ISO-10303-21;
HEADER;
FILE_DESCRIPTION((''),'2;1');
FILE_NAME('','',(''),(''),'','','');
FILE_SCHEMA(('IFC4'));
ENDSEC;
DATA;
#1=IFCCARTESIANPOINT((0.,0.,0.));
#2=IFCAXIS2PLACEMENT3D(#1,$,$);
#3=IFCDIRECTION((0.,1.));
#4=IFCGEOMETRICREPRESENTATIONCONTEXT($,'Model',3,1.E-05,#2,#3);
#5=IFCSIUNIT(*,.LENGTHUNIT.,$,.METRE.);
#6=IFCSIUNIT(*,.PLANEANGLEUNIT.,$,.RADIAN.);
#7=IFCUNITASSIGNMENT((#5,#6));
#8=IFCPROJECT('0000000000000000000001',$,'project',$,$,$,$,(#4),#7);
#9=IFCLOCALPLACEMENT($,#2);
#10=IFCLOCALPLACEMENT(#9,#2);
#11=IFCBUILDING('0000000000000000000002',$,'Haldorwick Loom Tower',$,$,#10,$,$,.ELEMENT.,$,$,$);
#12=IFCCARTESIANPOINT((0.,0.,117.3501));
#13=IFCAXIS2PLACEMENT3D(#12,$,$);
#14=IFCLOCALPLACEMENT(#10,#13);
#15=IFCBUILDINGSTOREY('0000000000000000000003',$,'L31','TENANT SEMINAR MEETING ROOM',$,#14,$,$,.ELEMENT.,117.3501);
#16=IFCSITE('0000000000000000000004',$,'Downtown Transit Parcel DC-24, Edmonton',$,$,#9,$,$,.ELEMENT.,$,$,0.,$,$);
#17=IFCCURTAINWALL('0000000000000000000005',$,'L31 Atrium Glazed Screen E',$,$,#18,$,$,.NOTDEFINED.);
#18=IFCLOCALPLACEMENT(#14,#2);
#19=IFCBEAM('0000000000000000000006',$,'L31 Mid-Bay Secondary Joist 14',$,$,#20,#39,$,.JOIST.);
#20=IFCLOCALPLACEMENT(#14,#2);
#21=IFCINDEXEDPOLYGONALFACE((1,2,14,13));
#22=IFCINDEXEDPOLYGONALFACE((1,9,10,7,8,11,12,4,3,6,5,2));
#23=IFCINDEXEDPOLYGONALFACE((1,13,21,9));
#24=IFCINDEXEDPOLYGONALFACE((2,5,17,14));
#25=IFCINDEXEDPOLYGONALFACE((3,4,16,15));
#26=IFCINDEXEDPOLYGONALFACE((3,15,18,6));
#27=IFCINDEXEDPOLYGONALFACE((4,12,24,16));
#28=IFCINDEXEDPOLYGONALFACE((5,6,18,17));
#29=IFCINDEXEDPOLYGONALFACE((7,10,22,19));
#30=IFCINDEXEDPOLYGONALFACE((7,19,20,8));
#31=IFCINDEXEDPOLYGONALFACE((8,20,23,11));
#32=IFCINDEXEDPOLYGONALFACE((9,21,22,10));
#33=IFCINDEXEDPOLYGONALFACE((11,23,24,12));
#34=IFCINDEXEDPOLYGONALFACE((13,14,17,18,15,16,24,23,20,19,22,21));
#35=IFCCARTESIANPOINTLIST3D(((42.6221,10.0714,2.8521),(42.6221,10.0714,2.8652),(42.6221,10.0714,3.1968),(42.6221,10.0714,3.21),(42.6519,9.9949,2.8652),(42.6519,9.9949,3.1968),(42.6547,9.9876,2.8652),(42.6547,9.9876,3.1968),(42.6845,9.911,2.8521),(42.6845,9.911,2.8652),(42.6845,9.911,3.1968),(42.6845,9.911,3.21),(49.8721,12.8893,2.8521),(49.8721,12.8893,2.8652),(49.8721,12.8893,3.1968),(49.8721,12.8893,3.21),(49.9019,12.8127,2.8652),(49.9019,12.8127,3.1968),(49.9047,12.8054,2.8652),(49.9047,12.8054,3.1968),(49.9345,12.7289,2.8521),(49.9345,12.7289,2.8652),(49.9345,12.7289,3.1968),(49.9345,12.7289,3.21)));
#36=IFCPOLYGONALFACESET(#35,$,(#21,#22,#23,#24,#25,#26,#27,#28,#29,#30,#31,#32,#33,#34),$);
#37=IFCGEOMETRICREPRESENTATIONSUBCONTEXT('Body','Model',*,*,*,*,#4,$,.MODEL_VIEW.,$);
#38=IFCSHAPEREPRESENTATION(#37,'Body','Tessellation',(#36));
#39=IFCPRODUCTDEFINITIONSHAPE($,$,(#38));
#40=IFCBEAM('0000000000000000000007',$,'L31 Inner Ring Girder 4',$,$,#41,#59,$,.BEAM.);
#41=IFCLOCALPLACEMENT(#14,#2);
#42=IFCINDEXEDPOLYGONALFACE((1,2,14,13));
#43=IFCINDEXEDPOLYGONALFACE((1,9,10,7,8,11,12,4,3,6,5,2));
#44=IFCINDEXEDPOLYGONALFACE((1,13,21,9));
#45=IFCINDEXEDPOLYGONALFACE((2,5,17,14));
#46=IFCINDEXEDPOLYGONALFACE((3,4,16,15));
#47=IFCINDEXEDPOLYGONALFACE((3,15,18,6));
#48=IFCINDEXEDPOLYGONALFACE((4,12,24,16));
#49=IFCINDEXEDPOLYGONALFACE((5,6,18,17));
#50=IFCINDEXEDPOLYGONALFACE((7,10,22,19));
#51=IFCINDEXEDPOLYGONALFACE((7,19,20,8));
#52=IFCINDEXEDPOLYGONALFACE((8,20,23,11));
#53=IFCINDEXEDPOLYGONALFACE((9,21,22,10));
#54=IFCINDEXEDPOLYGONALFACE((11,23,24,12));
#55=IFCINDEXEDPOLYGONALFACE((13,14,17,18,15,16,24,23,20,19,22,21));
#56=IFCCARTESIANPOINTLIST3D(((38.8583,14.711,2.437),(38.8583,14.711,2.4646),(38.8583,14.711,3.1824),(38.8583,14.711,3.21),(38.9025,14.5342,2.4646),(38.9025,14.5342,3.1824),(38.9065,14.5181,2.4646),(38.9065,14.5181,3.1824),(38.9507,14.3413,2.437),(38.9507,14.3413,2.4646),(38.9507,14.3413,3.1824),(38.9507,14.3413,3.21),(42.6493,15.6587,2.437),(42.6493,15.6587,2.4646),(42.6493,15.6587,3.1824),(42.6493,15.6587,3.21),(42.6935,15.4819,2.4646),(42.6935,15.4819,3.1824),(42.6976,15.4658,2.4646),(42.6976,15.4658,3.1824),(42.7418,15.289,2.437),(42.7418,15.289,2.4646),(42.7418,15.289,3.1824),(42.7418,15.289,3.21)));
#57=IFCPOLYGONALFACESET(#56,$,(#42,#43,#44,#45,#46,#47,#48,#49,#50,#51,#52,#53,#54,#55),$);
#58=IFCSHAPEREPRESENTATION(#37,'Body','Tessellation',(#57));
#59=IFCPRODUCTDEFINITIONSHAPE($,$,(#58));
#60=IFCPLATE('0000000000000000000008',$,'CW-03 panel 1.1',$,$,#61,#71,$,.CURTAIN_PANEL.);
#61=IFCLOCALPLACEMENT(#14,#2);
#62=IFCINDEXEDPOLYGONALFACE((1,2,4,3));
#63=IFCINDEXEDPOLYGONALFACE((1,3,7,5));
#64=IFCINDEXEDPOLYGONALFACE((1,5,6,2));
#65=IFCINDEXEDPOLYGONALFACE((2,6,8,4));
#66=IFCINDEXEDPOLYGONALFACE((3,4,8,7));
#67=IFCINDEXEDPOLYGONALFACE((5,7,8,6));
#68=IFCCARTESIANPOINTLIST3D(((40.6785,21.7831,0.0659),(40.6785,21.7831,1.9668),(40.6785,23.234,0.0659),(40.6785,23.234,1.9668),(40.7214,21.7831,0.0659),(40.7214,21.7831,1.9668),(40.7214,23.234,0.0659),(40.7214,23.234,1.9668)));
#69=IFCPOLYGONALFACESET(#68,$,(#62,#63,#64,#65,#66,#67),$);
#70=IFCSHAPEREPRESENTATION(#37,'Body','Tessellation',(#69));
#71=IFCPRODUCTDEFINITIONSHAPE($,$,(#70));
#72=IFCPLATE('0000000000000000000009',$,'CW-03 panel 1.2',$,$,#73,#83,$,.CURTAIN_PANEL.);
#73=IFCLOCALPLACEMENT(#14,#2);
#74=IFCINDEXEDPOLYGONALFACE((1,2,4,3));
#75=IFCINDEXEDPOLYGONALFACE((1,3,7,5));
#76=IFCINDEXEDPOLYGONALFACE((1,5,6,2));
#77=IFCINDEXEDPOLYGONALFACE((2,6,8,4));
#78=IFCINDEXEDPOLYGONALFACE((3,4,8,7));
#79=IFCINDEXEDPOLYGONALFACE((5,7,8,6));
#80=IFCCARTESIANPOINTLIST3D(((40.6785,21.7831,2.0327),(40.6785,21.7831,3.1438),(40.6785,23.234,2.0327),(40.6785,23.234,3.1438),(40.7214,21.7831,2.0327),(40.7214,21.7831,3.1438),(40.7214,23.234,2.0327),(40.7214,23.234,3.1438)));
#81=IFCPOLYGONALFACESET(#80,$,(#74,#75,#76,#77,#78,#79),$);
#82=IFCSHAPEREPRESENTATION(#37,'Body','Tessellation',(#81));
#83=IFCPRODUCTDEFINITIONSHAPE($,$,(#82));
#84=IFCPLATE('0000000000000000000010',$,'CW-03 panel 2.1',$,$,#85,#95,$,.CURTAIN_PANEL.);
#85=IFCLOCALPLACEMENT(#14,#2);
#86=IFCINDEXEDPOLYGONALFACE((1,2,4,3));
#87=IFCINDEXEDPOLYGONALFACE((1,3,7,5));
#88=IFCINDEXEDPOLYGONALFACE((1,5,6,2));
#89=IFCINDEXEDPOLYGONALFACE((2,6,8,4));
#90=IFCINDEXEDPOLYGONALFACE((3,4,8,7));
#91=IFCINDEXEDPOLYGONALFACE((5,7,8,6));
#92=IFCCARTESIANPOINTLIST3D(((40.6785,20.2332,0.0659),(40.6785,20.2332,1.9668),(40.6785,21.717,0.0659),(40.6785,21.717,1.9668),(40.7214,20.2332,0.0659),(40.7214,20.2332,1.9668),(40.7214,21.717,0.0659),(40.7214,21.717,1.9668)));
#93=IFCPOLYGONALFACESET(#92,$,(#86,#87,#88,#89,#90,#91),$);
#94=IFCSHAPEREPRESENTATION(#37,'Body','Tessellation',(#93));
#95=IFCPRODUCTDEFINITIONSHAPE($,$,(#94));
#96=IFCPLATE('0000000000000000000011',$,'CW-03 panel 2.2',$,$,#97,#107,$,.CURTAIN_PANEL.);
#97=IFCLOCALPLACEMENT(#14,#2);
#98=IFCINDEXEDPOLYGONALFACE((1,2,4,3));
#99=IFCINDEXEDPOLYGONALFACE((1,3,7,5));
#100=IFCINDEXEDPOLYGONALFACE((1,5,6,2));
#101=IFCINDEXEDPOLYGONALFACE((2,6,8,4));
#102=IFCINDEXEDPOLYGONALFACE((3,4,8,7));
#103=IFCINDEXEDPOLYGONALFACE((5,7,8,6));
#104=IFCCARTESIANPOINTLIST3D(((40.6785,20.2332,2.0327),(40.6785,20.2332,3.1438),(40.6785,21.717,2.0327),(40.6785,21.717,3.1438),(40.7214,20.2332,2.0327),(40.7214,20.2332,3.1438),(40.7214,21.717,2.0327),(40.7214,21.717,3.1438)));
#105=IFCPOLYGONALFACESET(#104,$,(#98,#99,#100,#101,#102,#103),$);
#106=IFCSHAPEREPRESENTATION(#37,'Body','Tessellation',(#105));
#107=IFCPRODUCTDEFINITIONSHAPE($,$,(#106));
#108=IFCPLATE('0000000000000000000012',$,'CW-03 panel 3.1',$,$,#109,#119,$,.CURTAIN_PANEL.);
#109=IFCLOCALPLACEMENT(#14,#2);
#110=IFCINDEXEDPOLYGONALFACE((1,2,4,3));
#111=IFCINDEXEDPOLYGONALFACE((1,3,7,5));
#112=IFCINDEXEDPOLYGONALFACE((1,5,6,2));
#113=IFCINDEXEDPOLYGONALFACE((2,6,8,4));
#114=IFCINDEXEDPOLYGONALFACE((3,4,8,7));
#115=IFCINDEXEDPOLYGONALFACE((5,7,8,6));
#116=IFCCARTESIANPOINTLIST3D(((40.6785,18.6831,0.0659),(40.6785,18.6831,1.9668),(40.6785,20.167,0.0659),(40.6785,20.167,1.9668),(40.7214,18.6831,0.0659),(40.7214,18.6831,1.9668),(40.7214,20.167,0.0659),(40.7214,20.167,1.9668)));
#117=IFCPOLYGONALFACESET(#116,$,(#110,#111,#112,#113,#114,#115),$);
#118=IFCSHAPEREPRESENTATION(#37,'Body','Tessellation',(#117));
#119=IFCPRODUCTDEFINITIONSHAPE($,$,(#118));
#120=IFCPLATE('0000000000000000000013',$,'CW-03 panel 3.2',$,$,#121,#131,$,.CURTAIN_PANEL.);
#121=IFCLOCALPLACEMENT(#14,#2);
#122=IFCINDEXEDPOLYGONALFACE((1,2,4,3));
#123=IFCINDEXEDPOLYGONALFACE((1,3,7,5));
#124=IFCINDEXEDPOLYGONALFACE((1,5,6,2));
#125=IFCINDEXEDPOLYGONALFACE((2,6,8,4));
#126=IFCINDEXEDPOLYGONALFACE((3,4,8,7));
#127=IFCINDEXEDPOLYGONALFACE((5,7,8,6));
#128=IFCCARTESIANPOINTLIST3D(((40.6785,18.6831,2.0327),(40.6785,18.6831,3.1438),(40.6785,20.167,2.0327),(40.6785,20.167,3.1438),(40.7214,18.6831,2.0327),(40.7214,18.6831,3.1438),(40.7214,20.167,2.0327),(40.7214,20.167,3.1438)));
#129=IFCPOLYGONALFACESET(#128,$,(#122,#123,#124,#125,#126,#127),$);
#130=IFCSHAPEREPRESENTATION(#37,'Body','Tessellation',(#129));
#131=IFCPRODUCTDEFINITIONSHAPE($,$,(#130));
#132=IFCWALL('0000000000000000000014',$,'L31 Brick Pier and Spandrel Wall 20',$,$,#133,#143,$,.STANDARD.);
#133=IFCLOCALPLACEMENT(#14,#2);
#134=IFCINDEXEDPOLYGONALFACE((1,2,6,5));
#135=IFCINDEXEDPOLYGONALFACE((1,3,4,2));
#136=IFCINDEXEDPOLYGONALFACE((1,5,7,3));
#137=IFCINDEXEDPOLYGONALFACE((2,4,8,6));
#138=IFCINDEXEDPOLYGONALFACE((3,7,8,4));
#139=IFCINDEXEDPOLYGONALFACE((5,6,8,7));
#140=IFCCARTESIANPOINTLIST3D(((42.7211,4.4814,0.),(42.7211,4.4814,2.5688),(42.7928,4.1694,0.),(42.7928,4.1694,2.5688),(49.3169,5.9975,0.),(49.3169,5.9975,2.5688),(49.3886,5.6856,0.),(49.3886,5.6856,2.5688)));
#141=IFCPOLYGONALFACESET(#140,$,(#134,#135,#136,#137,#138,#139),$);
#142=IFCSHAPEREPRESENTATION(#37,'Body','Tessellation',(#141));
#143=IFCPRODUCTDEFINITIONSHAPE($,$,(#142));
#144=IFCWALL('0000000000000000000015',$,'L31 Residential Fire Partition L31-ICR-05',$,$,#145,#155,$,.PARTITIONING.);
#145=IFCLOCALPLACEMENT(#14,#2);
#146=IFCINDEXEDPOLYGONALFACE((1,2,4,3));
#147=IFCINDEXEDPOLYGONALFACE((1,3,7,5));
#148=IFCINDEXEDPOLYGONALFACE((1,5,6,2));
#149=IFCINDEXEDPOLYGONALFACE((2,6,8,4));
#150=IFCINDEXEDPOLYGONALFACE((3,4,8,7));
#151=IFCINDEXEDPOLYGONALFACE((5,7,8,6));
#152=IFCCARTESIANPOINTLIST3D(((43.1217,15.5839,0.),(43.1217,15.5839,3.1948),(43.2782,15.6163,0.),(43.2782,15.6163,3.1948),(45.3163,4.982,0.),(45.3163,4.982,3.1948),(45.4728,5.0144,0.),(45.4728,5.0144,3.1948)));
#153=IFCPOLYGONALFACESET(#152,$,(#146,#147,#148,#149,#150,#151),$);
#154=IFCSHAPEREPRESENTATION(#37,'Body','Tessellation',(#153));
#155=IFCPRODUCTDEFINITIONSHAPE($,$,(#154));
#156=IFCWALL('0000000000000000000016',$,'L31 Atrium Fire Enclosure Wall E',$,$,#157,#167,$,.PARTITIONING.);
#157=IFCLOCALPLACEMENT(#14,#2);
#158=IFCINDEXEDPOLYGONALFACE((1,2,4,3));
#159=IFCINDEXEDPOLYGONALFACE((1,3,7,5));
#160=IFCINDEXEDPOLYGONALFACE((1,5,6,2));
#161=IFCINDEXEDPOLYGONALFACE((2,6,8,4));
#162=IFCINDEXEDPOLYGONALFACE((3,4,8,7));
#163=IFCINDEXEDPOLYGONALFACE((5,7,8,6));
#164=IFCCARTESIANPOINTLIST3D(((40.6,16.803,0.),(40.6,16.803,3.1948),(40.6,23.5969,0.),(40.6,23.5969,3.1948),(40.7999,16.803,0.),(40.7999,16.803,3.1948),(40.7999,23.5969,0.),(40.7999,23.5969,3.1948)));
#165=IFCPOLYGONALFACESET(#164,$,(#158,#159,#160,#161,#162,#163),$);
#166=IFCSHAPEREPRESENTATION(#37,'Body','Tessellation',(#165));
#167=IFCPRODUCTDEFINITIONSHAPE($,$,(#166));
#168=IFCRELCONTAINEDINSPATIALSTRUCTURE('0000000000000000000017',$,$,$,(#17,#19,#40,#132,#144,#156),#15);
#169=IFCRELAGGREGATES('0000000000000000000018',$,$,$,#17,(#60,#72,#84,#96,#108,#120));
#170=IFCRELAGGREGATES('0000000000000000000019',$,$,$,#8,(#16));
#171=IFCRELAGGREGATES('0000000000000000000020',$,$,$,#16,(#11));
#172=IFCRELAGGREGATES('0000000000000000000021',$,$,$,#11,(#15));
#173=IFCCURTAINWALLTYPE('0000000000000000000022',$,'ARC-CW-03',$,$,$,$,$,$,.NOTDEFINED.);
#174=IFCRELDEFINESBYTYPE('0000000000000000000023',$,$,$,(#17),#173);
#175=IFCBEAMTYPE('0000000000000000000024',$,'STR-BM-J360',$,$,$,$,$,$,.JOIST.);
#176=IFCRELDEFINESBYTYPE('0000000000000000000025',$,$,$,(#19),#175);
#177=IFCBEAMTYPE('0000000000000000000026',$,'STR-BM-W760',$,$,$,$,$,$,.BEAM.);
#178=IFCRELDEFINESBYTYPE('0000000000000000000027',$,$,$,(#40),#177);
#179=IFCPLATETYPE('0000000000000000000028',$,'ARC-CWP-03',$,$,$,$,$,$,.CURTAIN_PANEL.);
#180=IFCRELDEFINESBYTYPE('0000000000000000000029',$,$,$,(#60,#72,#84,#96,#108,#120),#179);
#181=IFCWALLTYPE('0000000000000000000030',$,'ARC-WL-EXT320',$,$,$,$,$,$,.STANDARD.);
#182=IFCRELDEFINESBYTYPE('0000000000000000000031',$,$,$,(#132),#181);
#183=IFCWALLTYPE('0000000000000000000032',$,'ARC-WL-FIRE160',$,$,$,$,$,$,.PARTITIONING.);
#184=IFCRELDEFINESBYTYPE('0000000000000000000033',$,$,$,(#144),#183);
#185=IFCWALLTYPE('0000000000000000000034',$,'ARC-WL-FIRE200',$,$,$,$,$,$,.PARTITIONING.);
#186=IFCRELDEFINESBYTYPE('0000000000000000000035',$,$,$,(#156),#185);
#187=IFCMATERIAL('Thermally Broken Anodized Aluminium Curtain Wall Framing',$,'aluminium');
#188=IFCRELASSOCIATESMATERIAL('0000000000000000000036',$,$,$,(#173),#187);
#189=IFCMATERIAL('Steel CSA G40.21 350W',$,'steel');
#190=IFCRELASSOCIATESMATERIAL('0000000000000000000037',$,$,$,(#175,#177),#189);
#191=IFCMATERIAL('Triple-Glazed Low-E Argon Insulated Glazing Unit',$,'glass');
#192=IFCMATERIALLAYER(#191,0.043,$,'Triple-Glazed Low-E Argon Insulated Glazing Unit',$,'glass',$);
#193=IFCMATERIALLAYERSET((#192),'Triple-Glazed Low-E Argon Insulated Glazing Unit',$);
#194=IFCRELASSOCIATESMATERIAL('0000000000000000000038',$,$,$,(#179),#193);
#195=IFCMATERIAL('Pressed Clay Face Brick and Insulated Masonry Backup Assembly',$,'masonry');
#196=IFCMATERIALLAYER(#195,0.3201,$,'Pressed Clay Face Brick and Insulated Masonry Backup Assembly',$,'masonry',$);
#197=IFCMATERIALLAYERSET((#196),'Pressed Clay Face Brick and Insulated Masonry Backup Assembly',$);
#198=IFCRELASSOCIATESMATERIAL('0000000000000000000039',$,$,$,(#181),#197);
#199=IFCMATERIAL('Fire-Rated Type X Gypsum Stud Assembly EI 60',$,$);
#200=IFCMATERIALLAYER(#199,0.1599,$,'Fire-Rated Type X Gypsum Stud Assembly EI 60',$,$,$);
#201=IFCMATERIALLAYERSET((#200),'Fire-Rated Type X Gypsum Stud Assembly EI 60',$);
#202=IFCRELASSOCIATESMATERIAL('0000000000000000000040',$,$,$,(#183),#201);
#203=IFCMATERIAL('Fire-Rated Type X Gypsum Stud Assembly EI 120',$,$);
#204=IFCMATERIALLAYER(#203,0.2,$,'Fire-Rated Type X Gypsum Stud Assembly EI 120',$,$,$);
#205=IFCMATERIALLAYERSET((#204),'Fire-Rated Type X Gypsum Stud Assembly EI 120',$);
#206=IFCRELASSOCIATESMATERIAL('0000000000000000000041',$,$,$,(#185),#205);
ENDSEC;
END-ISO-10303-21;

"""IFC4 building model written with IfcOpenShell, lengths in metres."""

from ifc_helpers import new_model, si_unit, direction, frame, frame_2d, origin, origin_2d, place, context, subcontext, project, spatial, rectangle, i_section, extrude, material, layer, layer_set, material_profile, profile_set, type_object, element, aggregate, save


model = new_model("IFC4")

# Units and contexts
model_context = context("Model", 3, precision=1e-05, world=origin(), true_north=direction((0.0, 1.0)))
body_context = subcontext(model_context, "Body", "Model", "MODEL_VIEW")
ifc_project = project(units=[si_unit("LENGTHUNIT", "METRE"), si_unit("PLANEANGLEUNIT", "RADIAN")], contexts=[model_context])

# Site, building, storey
site_placement = place(None, origin())
site = spatial("IfcSite", under=ifc_project, at=site_placement, Name="Downtown Transit Parcel DC-24, Edmonton", CompositionType="ELEMENT", RefElevation=0.0)
building_placement = place(site_placement, origin())
building = spatial("IfcBuilding", under=site, at=building_placement, Name="Haldorwick Loom Tower", CompositionType="ELEMENT")
storey_placement = place(building_placement, frame((0.0, 0.0, 117.3501)))
storey = spatial("IfcBuildingStorey", under=building, at=storey_placement, Name="L31", Description="TENANT SEMINAR MEETING ROOM", CompositionType="ELEMENT", Elevation=117.3501)

# Curtain wall
ifc_material_1 = material(Name="Thermally Broken Anodized Aluminium Curtain Wall Framing", Category="aluminium")
curtain_wall_type = type_object("IfcCurtainWallType", Name="ARC-CW-03", PredefinedType="NOTDEFINED", material=ifc_material_1)
curtain_wall_placement = place(storey_placement, origin())
curtain_wall = element("IfcCurtainWall", 1, at=curtain_wall_placement, inside=storey, type_object=curtain_wall_type, Name="L31 Atrium Glazed Screen E", PredefinedType="NOTDEFINED")

# Beams
ifc_material_2 = material(Name="Steel CSA G40.21 350W", Category="steel")
ifc_material_profile_1 = material_profile(ifc_material_2, i_section(OverallWidth=0.1721, OverallDepth=0.3579, WebThickness=0.0078, FlangeThickness=0.0132, at=origin_2d()), Name="W360X57", Category="steel")
ifc_profile_set_1 = profile_set([ifc_material_profile_1], Name="Steel CSA G40.21 350W")
beam_type_1 = type_object("IfcBeamType", Name="STR-BM-J360", PredefinedType="JOIST", material=ifc_profile_set_1)
beam_1_placement = place(storey_placement, frame((42.6533, 9.9912, 3.031), z_axis=(0.932073, 0.362271, 0.0), x_axis=(-0.362271, 0.932073, 0.0)))
element("IfcBeam", 2, at=beam_1_placement, inside=storey, type_object=beam_type_1, Name="L31 Mid-Bay Secondary Joist 14", PredefinedType="JOIST", context=body_context, shape_type="SweptSolid", body=[
    extrude(i_section(OverallWidth=0.1721, OverallDepth=0.3579, WebThickness=0.0078, FlangeThickness=0.0132, at=origin_2d()), origin(), (0.0, 0.0, 1.0), 7.7783),
])
ifc_material_profile_2 = material_profile(ifc_material_2, i_section(OverallWidth=0.3811, OverallDepth=0.7729, WebThickness=0.0166, FlangeThickness=0.0276, at=origin_2d()), Name="W760X257", Category="steel")
ifc_profile_set_2 = profile_set([ifc_material_profile_2], Name="Steel CSA G40.21 350W")
beam_type_2 = type_object("IfcBeamType", Name="STR-BM-W760", PredefinedType="BEAM", material=ifc_profile_set_2)
beam_2_placement = place(storey_placement, frame((42.6956, 15.4739, 2.8235), z_axis=(-0.970143, -0.242536, 0.0), x_axis=(0.242536, -0.970143, 0.0)))
element("IfcBeam", 3, at=beam_2_placement, inside=storey, type_object=beam_type_2, Name="L31 Inner Ring Girder 4", PredefinedType="BEAM", context=body_context, shape_type="SweptSolid", body=[
    extrude(i_section(OverallWidth=0.3811, OverallDepth=0.7729, WebThickness=0.0166, FlangeThickness=0.0276, at=origin_2d()), origin(), (0.0, 0.0, 1.0), 3.9077),
])

# Plates
ifc_material_3 = material(Name="Triple-Glazed Low-E Argon Insulated Glazing Unit", Category="glass")
ifc_layer_1 = layer(ifc_material_3, 0.043, Name="Triple-Glazed Low-E Argon Insulated Glazing Unit", Category="glass")
ifc_layer_set_1 = layer_set([ifc_layer_1], Name="Triple-Glazed Low-E Argon Insulated Glazing Unit")
plate_type = type_object("IfcPlateType", Name="ARC-CWP-03", PredefinedType="CURTAIN_PANEL", material=ifc_layer_set_1)
plate_1_placement = place(storey_placement, frame((40.7, 22.5085, 0.0659), z_axis=(0.0, 0.0, 1.0), x_axis=(0.0, -1.0, 0.0)))
plate_1 = element("IfcPlate", 4, at=plate_1_placement, type_object=plate_type, Name="CW-03 panel 1.1", PredefinedType="CURTAIN_PANEL", context=body_context, shape_type="SweptSolid", body=[
    extrude(rectangle(XDim=1.4509, YDim=0.043, at=origin_2d()), origin(), (0.0, 0.0, 1.0), 1.9009),
])
plate_2_placement = place(storey_placement, frame((40.7, 22.5085, 2.0327), z_axis=(0.0, 0.0, 1.0), x_axis=(0.0, -1.0, 0.0)))
plate_2 = element("IfcPlate", 5, at=plate_2_placement, type_object=plate_type, Name="CW-03 panel 1.2", PredefinedType="CURTAIN_PANEL", context=body_context, shape_type="SweptSolid", body=[
    extrude(rectangle(XDim=1.4509, YDim=0.043, at=origin_2d()), origin(), (0.0, 0.0, 1.0), 1.1111),
])
plate_3_placement = place(storey_placement, frame((40.7, 20.9751, 0.0659), z_axis=(0.0, 0.0, 1.0), x_axis=(0.0, -1.0, 0.0)))
plate_3 = element("IfcPlate", 6, at=plate_3_placement, type_object=plate_type, Name="CW-03 panel 2.1", PredefinedType="CURTAIN_PANEL", context=body_context, shape_type="SweptSolid", body=[
    extrude(rectangle(XDim=1.4839, YDim=0.043, at=origin_2d()), origin(), (0.0, 0.0, 1.0), 1.9009),
])
plate_4_placement = place(storey_placement, frame((40.7, 20.9751, 2.0327), z_axis=(0.0, 0.0, 1.0), x_axis=(0.0, -1.0, 0.0)))
plate_4 = element("IfcPlate", 7, at=plate_4_placement, type_object=plate_type, Name="CW-03 panel 2.2", PredefinedType="CURTAIN_PANEL", context=body_context, shape_type="SweptSolid", body=[
    extrude(rectangle(XDim=1.4839, YDim=0.043, at=origin_2d()), origin(), (0.0, 0.0, 1.0), 1.1111),
])
plate_5_placement = place(storey_placement, frame((40.7, 19.425, 0.0659), z_axis=(0.0, 0.0, 1.0), x_axis=(0.0, -1.0, 0.0)))
plate_5 = element("IfcPlate", 8, at=plate_5_placement, type_object=plate_type, Name="CW-03 panel 3.1", PredefinedType="CURTAIN_PANEL", context=body_context, shape_type="SweptSolid", body=[
    extrude(rectangle(XDim=1.4839, YDim=0.043, at=origin_2d()), origin(), (0.0, 0.0, 1.0), 1.9009),
])
plate_6_placement = place(storey_placement, frame((40.7, 19.425, 2.0327), z_axis=(0.0, 0.0, 1.0), x_axis=(0.0, -1.0, 0.0)))
plate_6 = element("IfcPlate", 9, at=plate_6_placement, type_object=plate_type, Name="CW-03 panel 3.2", PredefinedType="CURTAIN_PANEL", context=body_context, shape_type="SweptSolid", body=[
    extrude(rectangle(XDim=1.4839, YDim=0.043, at=origin_2d()), origin(), (0.0, 0.0, 1.0), 1.1111),
])
aggregate(curtain_wall, [plate_1, plate_2, plate_3, plate_4, plate_5, plate_6])

# Walls
ifc_material_4 = material(Name="Pressed Clay Face Brick and Insulated Masonry Backup Assembly", Category="masonry")
ifc_layer_2 = layer(ifc_material_4, 0.3201, Name="Pressed Clay Face Brick and Insulated Masonry Backup Assembly", Category="masonry")
ifc_layer_set_2 = layer_set([ifc_layer_2], Name="Pressed Clay Face Brick and Insulated Masonry Backup Assembly")
wall_type_1 = type_object("IfcWallType", Name="ARC-WL-EXT320", PredefinedType="STANDARD", material=ifc_layer_set_2)
wall_1_placement = place(storey_placement, frame((42.7571, 4.3254, 0.0), z_axis=(0.0, 0.0, 1.0), x_axis=(0.974584, 0.224022, 0.0)))
element("IfcWall", 10, at=wall_1_placement, inside=storey, type_object=wall_type_1, Name="L31 Brick Pier and Spandrel Wall 20", PredefinedType="STANDARD", context=body_context, shape_type="SweptSolid", body=[
    extrude(rectangle(XDim=6.7678, YDim=0.3201, at=frame_2d((3.3838, 0.0))), origin(), (0.0, 0.0, 1.0), 2.5688),
])
ifc_material_5 = material(Name="Fire-Rated Type X Gypsum Stud Assembly EI 60")
ifc_layer_3 = layer(ifc_material_5, 0.1599, Name="Fire-Rated Type X Gypsum Stud Assembly EI 60")
ifc_layer_set_3 = layer_set([ifc_layer_3], Name="Fire-Rated Type X Gypsum Stud Assembly EI 60")
wall_type_2 = type_object("IfcWallType", Name="ARC-WL-FIRE160", PredefinedType="PARTITIONING", material=ifc_layer_set_3)
wall_2_placement = place(storey_placement, frame((43.2, 15.6001, 0.0), z_axis=(0.0, 0.0, 1.0), x_axis=(0.202703, -0.97924, 0.0)))
element("IfcWall", 11, at=wall_2_placement, inside=storey, type_object=wall_type_2, Name="L31 Residential Fire Partition L31-ICR-05", PredefinedType="PARTITIONING", context=body_context, shape_type="SweptSolid", body=[
    extrude(rectangle(XDim=10.8267, YDim=0.1599, at=frame_2d((5.4133, 0.0))), origin(), (0.0, 0.0, 1.0), 3.1948),
])
ifc_material_6 = material(Name="Fire-Rated Type X Gypsum Stud Assembly EI 120")
ifc_layer_4 = layer(ifc_material_6, 0.2, Name="Fire-Rated Type X Gypsum Stud Assembly EI 120")
ifc_layer_set_4 = layer_set([ifc_layer_4], Name="Fire-Rated Type X Gypsum Stud Assembly EI 120")
wall_type_3 = type_object("IfcWallType", Name="ARC-WL-FIRE200", PredefinedType="PARTITIONING", material=ifc_layer_set_4)
wall_3_placement = place(storey_placement, frame((40.7, 23.5969, 0.0), z_axis=(0.0, 0.0, 1.0), x_axis=(0.0, -1.0, 0.0)))
element("IfcWall", 12, at=wall_3_placement, inside=storey, type_object=wall_type_3, Name="L31 Atrium Fire Enclosure Wall E", PredefinedType="PARTITIONING", context=body_context, shape_type="SweptSolid", body=[
    extrude(rectangle(XDim=6.7939, YDim=0.2, at=frame_2d((3.397, 0.0))), origin(), (0.0, 0.0, 1.0), 3.1948),
])

save(model, "model.ifc")
